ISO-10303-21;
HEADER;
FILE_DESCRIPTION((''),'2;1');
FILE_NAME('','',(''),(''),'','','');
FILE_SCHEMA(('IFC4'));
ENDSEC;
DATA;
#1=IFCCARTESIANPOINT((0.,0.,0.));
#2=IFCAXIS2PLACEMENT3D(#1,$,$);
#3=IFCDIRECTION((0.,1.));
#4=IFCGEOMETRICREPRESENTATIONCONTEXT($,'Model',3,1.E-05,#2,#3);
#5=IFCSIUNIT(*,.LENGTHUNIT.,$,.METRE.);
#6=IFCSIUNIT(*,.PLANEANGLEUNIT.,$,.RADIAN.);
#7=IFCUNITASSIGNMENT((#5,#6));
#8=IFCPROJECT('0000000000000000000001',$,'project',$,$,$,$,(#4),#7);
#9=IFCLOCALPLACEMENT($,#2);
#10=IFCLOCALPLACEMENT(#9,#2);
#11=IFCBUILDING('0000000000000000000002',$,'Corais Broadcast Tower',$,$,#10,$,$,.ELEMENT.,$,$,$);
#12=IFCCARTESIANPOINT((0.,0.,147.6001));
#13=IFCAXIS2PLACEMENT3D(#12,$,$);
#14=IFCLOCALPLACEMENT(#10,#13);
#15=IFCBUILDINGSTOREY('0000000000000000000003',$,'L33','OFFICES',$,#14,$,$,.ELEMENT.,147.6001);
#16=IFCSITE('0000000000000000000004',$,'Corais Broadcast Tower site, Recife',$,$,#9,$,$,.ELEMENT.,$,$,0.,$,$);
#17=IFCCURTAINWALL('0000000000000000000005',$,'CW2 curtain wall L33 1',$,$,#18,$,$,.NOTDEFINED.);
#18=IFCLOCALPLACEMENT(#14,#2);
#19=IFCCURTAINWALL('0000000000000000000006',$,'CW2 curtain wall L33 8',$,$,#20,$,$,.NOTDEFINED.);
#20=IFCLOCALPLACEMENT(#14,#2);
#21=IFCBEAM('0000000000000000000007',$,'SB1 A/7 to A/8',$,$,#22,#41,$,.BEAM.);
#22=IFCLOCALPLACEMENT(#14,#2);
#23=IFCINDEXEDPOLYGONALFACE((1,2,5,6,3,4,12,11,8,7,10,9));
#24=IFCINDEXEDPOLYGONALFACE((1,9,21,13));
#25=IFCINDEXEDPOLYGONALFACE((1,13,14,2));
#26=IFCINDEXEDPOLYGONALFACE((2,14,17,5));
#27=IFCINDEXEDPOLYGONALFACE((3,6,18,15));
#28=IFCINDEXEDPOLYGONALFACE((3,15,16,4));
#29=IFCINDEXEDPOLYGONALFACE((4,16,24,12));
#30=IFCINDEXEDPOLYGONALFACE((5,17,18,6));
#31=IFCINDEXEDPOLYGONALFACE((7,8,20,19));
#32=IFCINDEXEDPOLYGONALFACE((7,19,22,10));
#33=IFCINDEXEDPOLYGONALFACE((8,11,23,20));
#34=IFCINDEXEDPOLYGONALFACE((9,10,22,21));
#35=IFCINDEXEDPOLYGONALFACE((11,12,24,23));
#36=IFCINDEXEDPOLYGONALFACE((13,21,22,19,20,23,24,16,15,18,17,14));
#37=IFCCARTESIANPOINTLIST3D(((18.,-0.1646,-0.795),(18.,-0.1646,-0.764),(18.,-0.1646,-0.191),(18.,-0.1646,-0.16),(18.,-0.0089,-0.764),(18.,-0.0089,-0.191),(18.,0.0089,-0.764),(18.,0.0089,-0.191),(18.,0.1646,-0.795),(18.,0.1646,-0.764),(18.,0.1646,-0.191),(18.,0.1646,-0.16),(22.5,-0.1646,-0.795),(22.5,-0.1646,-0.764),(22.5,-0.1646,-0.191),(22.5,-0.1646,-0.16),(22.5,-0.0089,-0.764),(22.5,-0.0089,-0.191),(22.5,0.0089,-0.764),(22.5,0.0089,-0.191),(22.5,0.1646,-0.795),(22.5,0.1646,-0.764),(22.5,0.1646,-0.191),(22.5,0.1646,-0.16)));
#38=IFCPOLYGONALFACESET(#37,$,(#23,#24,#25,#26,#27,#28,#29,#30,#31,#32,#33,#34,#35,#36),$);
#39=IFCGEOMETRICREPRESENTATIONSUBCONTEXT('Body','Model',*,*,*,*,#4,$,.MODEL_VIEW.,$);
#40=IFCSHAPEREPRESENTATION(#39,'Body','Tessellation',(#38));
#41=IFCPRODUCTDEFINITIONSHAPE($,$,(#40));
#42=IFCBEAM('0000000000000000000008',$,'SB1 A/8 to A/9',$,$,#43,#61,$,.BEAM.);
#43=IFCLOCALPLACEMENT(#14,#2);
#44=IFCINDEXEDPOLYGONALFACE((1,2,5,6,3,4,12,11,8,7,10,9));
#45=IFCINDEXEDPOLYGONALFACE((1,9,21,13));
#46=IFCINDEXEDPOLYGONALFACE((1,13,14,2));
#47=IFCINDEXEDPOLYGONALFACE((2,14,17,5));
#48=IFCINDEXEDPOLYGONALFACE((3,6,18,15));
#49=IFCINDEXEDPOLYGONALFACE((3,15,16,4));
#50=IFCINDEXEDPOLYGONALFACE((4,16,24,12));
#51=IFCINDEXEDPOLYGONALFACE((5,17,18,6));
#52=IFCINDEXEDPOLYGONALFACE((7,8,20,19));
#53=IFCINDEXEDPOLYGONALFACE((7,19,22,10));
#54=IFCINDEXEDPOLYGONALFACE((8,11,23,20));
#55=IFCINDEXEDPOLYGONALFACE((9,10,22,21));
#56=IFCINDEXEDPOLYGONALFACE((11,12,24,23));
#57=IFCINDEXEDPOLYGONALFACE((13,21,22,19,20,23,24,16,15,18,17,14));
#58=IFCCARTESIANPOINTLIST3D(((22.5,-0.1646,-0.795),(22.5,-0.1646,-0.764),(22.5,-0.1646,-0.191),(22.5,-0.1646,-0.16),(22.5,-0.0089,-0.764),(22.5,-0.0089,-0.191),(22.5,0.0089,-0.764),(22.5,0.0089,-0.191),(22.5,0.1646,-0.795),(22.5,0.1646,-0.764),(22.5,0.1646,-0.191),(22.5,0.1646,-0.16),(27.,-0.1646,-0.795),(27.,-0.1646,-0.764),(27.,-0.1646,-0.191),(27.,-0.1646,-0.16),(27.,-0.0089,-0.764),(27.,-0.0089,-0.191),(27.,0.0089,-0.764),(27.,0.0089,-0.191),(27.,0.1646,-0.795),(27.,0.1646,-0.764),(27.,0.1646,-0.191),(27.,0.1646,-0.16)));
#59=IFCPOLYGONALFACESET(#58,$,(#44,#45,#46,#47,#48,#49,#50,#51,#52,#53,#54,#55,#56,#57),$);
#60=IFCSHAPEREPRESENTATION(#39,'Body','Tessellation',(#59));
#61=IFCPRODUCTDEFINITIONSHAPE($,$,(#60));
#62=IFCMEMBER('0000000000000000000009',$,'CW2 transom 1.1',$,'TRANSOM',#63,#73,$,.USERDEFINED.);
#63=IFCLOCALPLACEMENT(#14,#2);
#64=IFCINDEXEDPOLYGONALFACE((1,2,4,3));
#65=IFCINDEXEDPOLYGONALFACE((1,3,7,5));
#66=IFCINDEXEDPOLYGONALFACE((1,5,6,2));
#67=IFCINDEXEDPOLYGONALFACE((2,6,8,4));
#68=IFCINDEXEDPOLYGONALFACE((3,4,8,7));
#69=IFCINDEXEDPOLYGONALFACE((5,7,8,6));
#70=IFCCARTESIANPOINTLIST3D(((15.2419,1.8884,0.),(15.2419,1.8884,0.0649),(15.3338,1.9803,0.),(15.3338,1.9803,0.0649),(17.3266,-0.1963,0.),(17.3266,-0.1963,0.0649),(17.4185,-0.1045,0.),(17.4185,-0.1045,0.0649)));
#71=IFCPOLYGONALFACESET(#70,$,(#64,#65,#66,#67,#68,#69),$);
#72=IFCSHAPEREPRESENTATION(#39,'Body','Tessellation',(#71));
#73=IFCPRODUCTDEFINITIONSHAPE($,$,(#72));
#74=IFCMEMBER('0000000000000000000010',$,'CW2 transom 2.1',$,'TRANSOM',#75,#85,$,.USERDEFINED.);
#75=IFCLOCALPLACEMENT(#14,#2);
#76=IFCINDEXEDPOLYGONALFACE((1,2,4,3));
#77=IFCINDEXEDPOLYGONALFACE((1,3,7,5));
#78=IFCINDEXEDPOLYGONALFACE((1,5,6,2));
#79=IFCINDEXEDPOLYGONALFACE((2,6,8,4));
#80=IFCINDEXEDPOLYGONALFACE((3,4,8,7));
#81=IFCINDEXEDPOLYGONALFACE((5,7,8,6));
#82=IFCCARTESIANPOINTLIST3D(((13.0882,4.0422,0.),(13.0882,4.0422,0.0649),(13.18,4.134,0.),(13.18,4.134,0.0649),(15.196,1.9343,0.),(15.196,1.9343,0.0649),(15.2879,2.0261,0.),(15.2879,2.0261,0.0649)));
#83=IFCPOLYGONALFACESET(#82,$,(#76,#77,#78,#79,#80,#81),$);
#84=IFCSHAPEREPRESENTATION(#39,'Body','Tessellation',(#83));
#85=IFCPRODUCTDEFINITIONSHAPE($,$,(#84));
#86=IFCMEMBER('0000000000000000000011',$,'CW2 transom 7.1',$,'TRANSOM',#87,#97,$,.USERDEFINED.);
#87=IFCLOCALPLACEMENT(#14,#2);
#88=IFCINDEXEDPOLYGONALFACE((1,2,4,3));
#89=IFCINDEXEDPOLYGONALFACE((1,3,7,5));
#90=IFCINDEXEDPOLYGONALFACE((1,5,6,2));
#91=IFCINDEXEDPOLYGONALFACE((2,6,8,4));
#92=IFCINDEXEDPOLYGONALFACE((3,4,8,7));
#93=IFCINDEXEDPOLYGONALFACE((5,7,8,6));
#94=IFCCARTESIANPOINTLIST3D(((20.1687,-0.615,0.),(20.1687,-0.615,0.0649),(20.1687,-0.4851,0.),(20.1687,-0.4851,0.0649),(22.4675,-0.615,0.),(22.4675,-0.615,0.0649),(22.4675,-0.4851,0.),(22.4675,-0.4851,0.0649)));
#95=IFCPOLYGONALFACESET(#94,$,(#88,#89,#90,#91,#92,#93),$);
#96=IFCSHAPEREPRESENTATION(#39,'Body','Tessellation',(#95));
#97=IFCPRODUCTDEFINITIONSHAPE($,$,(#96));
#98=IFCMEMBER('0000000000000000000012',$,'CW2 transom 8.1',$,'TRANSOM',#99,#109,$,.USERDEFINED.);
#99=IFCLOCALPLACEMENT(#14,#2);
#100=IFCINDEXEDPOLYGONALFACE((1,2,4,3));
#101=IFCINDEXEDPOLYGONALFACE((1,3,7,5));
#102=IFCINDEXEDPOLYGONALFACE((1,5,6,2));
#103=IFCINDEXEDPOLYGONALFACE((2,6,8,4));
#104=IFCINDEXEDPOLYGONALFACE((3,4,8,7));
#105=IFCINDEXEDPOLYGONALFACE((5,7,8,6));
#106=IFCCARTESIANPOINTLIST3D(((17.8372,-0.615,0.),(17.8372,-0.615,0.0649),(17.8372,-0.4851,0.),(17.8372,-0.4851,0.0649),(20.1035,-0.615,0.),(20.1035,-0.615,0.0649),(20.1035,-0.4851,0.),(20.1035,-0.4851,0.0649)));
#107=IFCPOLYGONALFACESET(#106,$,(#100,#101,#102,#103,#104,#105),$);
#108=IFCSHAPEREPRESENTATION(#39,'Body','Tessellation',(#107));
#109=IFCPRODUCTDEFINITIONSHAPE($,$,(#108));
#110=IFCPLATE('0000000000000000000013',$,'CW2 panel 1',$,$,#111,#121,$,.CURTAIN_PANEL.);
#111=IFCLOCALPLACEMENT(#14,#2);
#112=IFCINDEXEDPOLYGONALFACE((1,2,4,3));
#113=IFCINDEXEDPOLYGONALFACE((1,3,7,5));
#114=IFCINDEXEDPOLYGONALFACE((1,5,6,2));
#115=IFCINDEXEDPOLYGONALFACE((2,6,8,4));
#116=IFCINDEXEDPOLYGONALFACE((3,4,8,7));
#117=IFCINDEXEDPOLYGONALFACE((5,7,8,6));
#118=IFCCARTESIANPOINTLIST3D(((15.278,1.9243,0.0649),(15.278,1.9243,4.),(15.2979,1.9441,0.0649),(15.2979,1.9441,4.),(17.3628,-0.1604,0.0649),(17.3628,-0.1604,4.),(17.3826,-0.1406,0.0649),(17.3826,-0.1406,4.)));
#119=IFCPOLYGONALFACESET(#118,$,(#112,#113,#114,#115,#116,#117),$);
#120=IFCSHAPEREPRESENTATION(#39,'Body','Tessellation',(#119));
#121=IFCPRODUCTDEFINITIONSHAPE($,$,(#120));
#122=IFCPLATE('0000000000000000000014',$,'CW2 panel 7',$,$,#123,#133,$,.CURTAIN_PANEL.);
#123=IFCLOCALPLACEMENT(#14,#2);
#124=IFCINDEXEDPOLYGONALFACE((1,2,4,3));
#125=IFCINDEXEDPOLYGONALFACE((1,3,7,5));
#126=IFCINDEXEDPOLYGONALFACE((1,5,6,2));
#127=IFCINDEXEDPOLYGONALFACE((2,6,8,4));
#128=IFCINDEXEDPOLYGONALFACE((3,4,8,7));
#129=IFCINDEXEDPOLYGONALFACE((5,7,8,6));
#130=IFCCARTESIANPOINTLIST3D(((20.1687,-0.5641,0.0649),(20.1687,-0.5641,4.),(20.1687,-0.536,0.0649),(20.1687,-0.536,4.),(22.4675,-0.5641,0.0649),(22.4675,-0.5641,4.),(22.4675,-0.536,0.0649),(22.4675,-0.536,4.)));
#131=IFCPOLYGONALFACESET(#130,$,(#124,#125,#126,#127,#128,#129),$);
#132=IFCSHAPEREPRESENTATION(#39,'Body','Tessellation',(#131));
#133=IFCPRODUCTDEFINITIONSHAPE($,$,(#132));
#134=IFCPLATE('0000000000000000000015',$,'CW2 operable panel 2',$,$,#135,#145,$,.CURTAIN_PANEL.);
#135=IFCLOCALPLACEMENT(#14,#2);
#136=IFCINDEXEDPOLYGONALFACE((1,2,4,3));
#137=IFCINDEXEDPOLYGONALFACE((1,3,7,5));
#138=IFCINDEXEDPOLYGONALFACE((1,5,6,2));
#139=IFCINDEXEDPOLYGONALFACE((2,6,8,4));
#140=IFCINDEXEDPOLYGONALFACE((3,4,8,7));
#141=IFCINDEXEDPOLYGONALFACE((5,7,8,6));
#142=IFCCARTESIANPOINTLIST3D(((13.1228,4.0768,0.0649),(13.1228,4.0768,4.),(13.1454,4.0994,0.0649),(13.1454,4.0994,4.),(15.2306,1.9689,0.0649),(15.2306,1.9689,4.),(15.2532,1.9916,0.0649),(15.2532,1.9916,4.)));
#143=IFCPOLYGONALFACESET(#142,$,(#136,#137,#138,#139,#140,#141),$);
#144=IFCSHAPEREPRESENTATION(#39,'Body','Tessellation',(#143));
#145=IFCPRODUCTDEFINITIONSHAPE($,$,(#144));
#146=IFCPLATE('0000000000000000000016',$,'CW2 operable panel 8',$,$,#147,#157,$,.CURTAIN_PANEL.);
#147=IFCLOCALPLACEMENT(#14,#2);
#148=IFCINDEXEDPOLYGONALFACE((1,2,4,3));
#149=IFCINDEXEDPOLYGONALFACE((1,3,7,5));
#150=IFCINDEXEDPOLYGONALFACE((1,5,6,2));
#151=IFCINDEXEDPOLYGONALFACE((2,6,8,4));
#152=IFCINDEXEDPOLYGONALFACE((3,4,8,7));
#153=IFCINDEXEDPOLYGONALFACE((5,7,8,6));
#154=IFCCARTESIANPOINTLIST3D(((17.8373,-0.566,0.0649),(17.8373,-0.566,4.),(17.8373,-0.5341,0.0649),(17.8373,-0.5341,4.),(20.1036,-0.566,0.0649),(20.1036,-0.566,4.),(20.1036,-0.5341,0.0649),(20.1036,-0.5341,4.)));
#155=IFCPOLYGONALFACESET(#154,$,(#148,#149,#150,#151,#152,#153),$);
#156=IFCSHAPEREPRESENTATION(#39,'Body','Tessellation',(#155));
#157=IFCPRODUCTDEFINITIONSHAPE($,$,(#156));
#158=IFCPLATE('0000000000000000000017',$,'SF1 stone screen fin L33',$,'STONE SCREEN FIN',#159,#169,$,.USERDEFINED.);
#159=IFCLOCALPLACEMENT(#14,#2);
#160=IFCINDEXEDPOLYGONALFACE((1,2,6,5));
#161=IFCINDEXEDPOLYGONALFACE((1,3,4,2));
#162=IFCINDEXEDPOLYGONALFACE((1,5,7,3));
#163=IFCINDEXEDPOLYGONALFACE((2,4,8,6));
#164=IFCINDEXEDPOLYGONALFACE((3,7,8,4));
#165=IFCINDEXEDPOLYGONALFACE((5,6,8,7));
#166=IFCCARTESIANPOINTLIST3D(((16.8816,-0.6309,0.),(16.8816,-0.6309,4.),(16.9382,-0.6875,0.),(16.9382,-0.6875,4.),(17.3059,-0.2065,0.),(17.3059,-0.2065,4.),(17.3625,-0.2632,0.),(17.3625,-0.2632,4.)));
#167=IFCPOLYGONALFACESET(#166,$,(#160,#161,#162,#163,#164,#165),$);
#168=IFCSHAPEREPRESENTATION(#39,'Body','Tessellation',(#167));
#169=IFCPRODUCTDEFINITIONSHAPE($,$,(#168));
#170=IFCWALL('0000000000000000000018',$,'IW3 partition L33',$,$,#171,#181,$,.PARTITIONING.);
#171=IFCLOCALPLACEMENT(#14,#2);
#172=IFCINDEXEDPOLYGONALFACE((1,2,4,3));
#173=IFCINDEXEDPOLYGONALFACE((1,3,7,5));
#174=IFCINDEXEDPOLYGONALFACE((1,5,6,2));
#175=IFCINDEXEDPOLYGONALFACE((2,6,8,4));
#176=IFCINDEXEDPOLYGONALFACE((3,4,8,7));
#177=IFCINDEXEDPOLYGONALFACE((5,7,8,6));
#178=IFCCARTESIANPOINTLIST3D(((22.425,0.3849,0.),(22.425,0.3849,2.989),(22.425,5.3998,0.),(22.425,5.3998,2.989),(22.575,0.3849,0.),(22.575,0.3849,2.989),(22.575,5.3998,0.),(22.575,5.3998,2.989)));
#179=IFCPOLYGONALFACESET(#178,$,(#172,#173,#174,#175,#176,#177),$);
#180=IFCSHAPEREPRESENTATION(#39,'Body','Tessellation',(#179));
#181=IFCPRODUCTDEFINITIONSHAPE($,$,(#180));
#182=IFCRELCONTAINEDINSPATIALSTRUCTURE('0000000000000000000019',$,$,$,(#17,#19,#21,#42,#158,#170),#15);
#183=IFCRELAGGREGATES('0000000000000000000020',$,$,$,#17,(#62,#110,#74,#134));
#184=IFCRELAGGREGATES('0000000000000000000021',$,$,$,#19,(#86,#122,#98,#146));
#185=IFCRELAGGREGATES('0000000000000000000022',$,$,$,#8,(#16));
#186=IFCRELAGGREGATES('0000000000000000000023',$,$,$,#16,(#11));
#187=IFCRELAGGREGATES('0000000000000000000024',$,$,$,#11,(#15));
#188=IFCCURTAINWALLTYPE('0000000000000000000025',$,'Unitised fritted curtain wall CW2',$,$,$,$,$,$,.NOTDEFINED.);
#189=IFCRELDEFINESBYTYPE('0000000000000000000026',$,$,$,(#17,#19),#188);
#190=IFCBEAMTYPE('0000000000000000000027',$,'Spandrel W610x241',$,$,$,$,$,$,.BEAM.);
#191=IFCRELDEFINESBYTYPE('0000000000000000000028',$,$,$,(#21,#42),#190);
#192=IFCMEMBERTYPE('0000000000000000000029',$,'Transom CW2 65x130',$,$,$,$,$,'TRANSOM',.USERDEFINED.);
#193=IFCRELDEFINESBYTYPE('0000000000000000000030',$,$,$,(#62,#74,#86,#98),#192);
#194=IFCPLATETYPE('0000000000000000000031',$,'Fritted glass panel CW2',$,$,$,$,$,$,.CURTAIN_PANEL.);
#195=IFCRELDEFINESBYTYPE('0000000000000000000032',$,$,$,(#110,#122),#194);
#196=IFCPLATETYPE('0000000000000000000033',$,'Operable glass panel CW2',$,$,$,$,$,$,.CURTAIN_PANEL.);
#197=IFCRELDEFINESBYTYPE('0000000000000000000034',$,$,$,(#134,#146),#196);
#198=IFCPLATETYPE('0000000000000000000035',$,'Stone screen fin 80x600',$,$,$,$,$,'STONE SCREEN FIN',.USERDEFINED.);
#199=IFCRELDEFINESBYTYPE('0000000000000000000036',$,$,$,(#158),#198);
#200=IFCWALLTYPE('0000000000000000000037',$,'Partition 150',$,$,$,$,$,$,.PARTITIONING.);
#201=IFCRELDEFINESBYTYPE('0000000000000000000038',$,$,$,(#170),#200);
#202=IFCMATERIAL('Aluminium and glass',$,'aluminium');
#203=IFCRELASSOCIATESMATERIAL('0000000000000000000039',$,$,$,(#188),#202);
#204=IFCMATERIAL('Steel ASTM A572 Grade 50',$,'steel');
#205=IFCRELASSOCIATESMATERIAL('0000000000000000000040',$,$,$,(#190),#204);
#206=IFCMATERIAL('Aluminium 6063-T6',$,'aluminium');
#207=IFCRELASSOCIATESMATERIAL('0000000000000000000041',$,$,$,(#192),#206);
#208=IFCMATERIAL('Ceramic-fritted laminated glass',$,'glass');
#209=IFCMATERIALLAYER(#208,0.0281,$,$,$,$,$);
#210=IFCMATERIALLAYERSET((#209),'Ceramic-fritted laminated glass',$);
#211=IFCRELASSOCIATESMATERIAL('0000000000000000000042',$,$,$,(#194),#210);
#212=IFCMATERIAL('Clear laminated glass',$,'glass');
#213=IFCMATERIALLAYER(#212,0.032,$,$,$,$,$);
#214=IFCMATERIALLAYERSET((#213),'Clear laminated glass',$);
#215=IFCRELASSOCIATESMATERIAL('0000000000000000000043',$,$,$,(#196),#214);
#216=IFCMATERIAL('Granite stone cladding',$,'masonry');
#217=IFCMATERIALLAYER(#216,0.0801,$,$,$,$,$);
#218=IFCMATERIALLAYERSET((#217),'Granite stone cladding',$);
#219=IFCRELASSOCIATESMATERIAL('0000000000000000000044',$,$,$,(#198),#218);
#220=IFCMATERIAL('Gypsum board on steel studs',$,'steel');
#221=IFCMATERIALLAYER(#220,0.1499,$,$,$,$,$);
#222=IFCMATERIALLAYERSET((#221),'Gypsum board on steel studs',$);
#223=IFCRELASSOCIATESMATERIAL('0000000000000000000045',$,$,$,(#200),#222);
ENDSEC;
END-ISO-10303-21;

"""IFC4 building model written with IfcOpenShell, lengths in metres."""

from ifc_helpers import new_model, si_unit, direction, frame, frame_2d, origin, origin_2d, place, context, subcontext, project, spatial, rectangle, i_section, extrude, material, layer, layer_set, material_profile, profile_set, type_object, element, aggregate, save


model = new_model("IFC4")

# Units and contexts
model_context = context("Model", 3, precision=1e-05, world=origin(), true_north=direction((0.0, 1.0)))
body_context = subcontext(model_context, "Body", "Model", "MODEL_VIEW")
ifc_project = project(units=[si_unit("LENGTHUNIT", "METRE"), si_unit("PLANEANGLEUNIT", "RADIAN")], contexts=[model_context])

# Site, building, storey
site_placement = place(None, origin())
site = spatial("IfcSite", under=ifc_project, at=site_placement, Name="Corais Broadcast Tower site, Recife", CompositionType="ELEMENT", RefElevation=0.0)
building_placement = place(site_placement, origin())
building = spatial("IfcBuilding", under=site, at=building_placement, Name="Corais Broadcast Tower", CompositionType="ELEMENT")
storey_placement = place(building_placement, frame((0.0, 0.0, 147.6001)))
storey = spatial("IfcBuildingStorey", under=building, at=storey_placement, Name="L33", Description="OFFICES", CompositionType="ELEMENT", Elevation=147.6001)

# Curtain walls
ifc_material_1 = material(Name="Aluminium and glass", Category="aluminium")
curtain_wall_type = type_object("IfcCurtainWallType", Name="Unitised fritted curtain wall CW2", PredefinedType="NOTDEFINED", material=ifc_material_1)
curtain_wall_1_placement = place(storey_placement, origin())
curtain_wall_1 = element("IfcCurtainWall", 1, at=curtain_wall_1_placement, inside=storey, type_object=curtain_wall_type, Name="CW2 curtain wall L33 1", PredefinedType="NOTDEFINED")
curtain_wall_2_placement = place(storey_placement, origin())
curtain_wall_2 = element("IfcCurtainWall", 2, at=curtain_wall_2_placement, inside=storey, type_object=curtain_wall_type, Name="CW2 curtain wall L33 8", PredefinedType="NOTDEFINED")

# Beams
ifc_material_2 = material(Name="Steel ASTM A572 Grade 50", Category="steel")
ifc_material_profile_1 = material_profile(ifc_material_2, i_section(OverallWidth=0.3291, OverallDepth=0.635, WebThickness=0.0178, FlangeThickness=0.031, at=origin_2d()), Name="W610x241")
ifc_profile_set_1 = profile_set([ifc_material_profile_1], Name="Steel ASTM A572 Grade 50")
beam_type_1 = type_object("IfcBeamType", Name="Spandrel W610x241", PredefinedType="BEAM", material=ifc_profile_set_1)
for number, where, z_axis, x_axis, name in (
    (3, (18.0, 0.0, -0.4775), (1.0, 0.0, 0.0), (0.0, 1.0, 0.0), "SB1 A/7 to A/8"),
    (4, (22.5, 0.0, -0.4775), (1.0, 0.0, 0.0), (0.0, 1.0, 0.0), "SB1 A/8 to A/9"),
):
    element("IfcBeam", number, at=place(storey_placement, frame(where, z_axis=z_axis, x_axis=x_axis)), inside=storey, type_object=beam_type_1, Name=name, PredefinedType="BEAM", context=body_context, shape_type="SweptSolid", body=[
        extrude(i_section(OverallWidth=0.3291, OverallDepth=0.635, WebThickness=0.0178, FlangeThickness=0.031, at=origin_2d()), origin(), (0.0, 0.0, 1.0), 4.5),
    ])

# Members
ifc_material_3 = material(Name="Aluminium 6063-T6", Category="aluminium")
ifc_material_profile_2 = material_profile(ifc_material_3, rectangle(XDim=0.1299, YDim=0.0649, at=origin_2d()), Name="Transom CW2 65x130")
ifc_profile_set_2 = profile_set([ifc_material_profile_2], Name="Aluminium 6063-T6")
member_type_1 = type_object("IfcMemberType", Name="Transom CW2 65x130", ElementType="TRANSOM", PredefinedType="USERDEFINED", material=ifc_profile_set_2)
member_1_placement = place(storey_placement, frame((17.3726, -0.1504, 0.0325), z_axis=(-0.707107, 0.707107, 0.0), x_axis=(-0.707107, -0.707107, 0.0)))
member_1 = element("IfcMember", 5, at=member_1_placement, type_object=member_type_1, Name="CW2 transom 1.1", ObjectType="TRANSOM", PredefinedType="USERDEFINED", context=body_context, shape_type="SweptSolid", body=[
    extrude(rectangle(XDim=0.1299, YDim=0.0649, at=origin_2d()), origin(), (0.0, 0.0, 1.0), 2.9482),
])
member_2_placement = place(storey_placement, frame((15.2419, 1.9802, 0.0325), z_axis=(-0.707107, 0.707107, 0.0), x_axis=(-0.707107, -0.707107, 0.0)))
member_2 = element("IfcMember", 6, at=member_2_placement, type_object=member_type_1, Name="CW2 transom 2.1", ObjectType="TRANSOM", PredefinedType="USERDEFINED", context=body_context, shape_type="SweptSolid", body=[
    extrude(rectangle(XDim=0.1299, YDim=0.0649, at=origin_2d()), origin(), (0.0, 0.0, 1.0), 2.981),
])
member_3_placement = place(storey_placement, frame((22.4675, -0.55, 0.0325), z_axis=(-1.0, 0.0, 0.0), x_axis=(0.0, -1.0, 0.0)))
member_3 = element("IfcMember", 7, at=member_3_placement, type_object=member_type_1, Name="CW2 transom 7.1", ObjectType="TRANSOM", PredefinedType="USERDEFINED", context=body_context, shape_type="SweptSolid", body=[
    extrude(rectangle(XDim=0.1299, YDim=0.0649, at=origin_2d()), origin(), (0.0, 0.0, 1.0), 2.2988),
])
member_4_placement = place(storey_placement, frame((20.1035, -0.55, 0.0325), z_axis=(-1.0, 0.0, 0.0), x_axis=(0.0, -1.0, 0.0)))
member_4 = element("IfcMember", 8, at=member_4_placement, type_object=member_type_1, Name="CW2 transom 8.1", ObjectType="TRANSOM", PredefinedType="USERDEFINED", context=body_context, shape_type="SweptSolid", body=[
    extrude(rectangle(XDim=0.1299, YDim=0.0649, at=origin_2d()), origin(), (0.0, 0.0, 1.0), 2.2664),
])

# Plates
ifc_material_4 = material(Name="Ceramic-fritted laminated glass", Category="glass")
ifc_layer_1 = layer(ifc_material_4, 0.0281)
ifc_layer_set_1 = layer_set([ifc_layer_1], Name="Ceramic-fritted laminated glass")
plate_type_1 = type_object("IfcPlateType", Name="Fritted glass panel CW2", PredefinedType="CURTAIN_PANEL", material=ifc_layer_set_1)
plate_1_placement = place(storey_placement, frame((16.3303, 0.8918, 0.0649), z_axis=(0.0, 0.0, 1.0), x_axis=(-0.707107, 0.707107, 0.0)))
plate_1 = element("IfcPlate", 9, at=plate_1_placement, type_object=plate_type_1, Name="CW2 panel 1", PredefinedType="CURTAIN_PANEL", context=body_context, shape_type="SweptSolid", body=[
    extrude(rectangle(XDim=2.9482, YDim=0.0281, at=origin_2d()), origin(), (0.0, 0.0, 1.0), 3.9351),
])
plate_2_placement = place(storey_placement, frame((21.3181, -0.55, 0.0649), z_axis=(0.0, 0.0, 1.0), x_axis=(-1.0, 0.0, 0.0)))
plate_2 = element("IfcPlate", 10, at=plate_2_placement, type_object=plate_type_1, Name="CW2 panel 7", PredefinedType="CURTAIN_PANEL", context=body_context, shape_type="SweptSolid", body=[
    extrude(rectangle(XDim=2.2988, YDim=0.0281, at=origin_2d()), origin(), (0.0, 0.0, 1.0), 3.9351),
])
ifc_material_5 = material(Name="Clear laminated glass", Category="glass")
ifc_layer_2 = layer(ifc_material_5, 0.032)
ifc_layer_set_2 = layer_set([ifc_layer_2], Name="Clear laminated glass")
plate_type_2 = type_object("IfcPlateType", Name="Operable glass panel CW2", PredefinedType="CURTAIN_PANEL", material=ifc_layer_set_2)
plate_3_placement = place(storey_placement, frame((14.188, 3.0342, 0.0649), z_axis=(0.0, 0.0, 1.0), x_axis=(-0.707107, 0.707107, 0.0)))
plate_3 = element("IfcPlate", 11, at=plate_3_placement, type_object=plate_type_2, Name="CW2 operable panel 2", PredefinedType="CURTAIN_PANEL", context=body_context, shape_type="SweptSolid", body=[
    extrude(rectangle(XDim=2.981, YDim=0.032, at=origin_2d()), origin(), (0.0, 0.0, 1.0), 3.9351),
])
aggregate(curtain_wall_1, [member_1, plate_1, member_2, plate_3])
plate_4_placement = place(storey_placement, frame((18.9705, -0.55, 0.0649), z_axis=(0.0, 0.0, 1.0), x_axis=(-1.0, 0.0, 0.0)))
plate_4 = element("IfcPlate", 12, at=plate_4_placement, type_object=plate_type_2, Name="CW2 operable panel 8", PredefinedType="CURTAIN_PANEL", context=body_context, shape_type="SweptSolid", body=[
    extrude(rectangle(XDim=2.2664, YDim=0.032, at=origin_2d()), origin(), (0.0, 0.0, 1.0), 3.9351),
])
aggregate(curtain_wall_2, [member_3, plate_2, member_4, plate_4])
ifc_material_6 = material(Name="Granite stone cladding", Category="masonry")
ifc_layer_3 = layer(ifc_material_6, 0.0801)
ifc_layer_set_3 = layer_set([ifc_layer_3], Name="Granite stone cladding")
plate_type_3 = type_object("IfcPlateType", Name="Stone screen fin 80x600", ElementType="STONE SCREEN FIN", PredefinedType="USERDEFINED", material=ifc_layer_set_3)
plate_5_placement = place(storey_placement, frame((17.1221, -0.447, 0.0), z_axis=(0.0, 0.0, 1.0), x_axis=(-0.707107, 0.707107, 0.0)))
element("IfcPlate", 13, at=plate_5_placement, inside=storey, type_object=plate_type_3, Name="SF1 stone screen fin L33", ObjectType="STONE SCREEN FIN", PredefinedType="USERDEFINED", context=body_context, shape_type="SweptSolid", body=[
    extrude(rectangle(XDim=0.0801, YDim=0.6001, at=origin_2d()), origin(), (0.0, 0.0, 1.0), 4.0),
])

# Wall
ifc_material_7 = material(Name="Gypsum board on steel studs", Category="steel")
ifc_layer_4 = layer(ifc_material_7, 0.1499)
ifc_layer_set_4 = layer_set([ifc_layer_4], Name="Gypsum board on steel studs")
wall_type = type_object("IfcWallType", Name="Partition 150", PredefinedType="PARTITIONING", material=ifc_layer_set_4)
wall_1_placement = place(storey_placement, frame((22.5, 0.385, 0.0), z_axis=(0.0, 0.0, 1.0), x_axis=(0.0, 1.0, 0.0)))
element("IfcWall", 14, at=wall_1_placement, inside=storey, type_object=wall_type, Name="IW3 partition L33", PredefinedType="PARTITIONING", context=body_context, shape_type="SweptSolid", body=[
    extrude(rectangle(XDim=5.0149, YDim=0.1499, at=frame_2d((2.5073, 0.0))), origin(), (0.0, 0.0, 1.0), 2.989),
])

save(model, "model.ifc")
